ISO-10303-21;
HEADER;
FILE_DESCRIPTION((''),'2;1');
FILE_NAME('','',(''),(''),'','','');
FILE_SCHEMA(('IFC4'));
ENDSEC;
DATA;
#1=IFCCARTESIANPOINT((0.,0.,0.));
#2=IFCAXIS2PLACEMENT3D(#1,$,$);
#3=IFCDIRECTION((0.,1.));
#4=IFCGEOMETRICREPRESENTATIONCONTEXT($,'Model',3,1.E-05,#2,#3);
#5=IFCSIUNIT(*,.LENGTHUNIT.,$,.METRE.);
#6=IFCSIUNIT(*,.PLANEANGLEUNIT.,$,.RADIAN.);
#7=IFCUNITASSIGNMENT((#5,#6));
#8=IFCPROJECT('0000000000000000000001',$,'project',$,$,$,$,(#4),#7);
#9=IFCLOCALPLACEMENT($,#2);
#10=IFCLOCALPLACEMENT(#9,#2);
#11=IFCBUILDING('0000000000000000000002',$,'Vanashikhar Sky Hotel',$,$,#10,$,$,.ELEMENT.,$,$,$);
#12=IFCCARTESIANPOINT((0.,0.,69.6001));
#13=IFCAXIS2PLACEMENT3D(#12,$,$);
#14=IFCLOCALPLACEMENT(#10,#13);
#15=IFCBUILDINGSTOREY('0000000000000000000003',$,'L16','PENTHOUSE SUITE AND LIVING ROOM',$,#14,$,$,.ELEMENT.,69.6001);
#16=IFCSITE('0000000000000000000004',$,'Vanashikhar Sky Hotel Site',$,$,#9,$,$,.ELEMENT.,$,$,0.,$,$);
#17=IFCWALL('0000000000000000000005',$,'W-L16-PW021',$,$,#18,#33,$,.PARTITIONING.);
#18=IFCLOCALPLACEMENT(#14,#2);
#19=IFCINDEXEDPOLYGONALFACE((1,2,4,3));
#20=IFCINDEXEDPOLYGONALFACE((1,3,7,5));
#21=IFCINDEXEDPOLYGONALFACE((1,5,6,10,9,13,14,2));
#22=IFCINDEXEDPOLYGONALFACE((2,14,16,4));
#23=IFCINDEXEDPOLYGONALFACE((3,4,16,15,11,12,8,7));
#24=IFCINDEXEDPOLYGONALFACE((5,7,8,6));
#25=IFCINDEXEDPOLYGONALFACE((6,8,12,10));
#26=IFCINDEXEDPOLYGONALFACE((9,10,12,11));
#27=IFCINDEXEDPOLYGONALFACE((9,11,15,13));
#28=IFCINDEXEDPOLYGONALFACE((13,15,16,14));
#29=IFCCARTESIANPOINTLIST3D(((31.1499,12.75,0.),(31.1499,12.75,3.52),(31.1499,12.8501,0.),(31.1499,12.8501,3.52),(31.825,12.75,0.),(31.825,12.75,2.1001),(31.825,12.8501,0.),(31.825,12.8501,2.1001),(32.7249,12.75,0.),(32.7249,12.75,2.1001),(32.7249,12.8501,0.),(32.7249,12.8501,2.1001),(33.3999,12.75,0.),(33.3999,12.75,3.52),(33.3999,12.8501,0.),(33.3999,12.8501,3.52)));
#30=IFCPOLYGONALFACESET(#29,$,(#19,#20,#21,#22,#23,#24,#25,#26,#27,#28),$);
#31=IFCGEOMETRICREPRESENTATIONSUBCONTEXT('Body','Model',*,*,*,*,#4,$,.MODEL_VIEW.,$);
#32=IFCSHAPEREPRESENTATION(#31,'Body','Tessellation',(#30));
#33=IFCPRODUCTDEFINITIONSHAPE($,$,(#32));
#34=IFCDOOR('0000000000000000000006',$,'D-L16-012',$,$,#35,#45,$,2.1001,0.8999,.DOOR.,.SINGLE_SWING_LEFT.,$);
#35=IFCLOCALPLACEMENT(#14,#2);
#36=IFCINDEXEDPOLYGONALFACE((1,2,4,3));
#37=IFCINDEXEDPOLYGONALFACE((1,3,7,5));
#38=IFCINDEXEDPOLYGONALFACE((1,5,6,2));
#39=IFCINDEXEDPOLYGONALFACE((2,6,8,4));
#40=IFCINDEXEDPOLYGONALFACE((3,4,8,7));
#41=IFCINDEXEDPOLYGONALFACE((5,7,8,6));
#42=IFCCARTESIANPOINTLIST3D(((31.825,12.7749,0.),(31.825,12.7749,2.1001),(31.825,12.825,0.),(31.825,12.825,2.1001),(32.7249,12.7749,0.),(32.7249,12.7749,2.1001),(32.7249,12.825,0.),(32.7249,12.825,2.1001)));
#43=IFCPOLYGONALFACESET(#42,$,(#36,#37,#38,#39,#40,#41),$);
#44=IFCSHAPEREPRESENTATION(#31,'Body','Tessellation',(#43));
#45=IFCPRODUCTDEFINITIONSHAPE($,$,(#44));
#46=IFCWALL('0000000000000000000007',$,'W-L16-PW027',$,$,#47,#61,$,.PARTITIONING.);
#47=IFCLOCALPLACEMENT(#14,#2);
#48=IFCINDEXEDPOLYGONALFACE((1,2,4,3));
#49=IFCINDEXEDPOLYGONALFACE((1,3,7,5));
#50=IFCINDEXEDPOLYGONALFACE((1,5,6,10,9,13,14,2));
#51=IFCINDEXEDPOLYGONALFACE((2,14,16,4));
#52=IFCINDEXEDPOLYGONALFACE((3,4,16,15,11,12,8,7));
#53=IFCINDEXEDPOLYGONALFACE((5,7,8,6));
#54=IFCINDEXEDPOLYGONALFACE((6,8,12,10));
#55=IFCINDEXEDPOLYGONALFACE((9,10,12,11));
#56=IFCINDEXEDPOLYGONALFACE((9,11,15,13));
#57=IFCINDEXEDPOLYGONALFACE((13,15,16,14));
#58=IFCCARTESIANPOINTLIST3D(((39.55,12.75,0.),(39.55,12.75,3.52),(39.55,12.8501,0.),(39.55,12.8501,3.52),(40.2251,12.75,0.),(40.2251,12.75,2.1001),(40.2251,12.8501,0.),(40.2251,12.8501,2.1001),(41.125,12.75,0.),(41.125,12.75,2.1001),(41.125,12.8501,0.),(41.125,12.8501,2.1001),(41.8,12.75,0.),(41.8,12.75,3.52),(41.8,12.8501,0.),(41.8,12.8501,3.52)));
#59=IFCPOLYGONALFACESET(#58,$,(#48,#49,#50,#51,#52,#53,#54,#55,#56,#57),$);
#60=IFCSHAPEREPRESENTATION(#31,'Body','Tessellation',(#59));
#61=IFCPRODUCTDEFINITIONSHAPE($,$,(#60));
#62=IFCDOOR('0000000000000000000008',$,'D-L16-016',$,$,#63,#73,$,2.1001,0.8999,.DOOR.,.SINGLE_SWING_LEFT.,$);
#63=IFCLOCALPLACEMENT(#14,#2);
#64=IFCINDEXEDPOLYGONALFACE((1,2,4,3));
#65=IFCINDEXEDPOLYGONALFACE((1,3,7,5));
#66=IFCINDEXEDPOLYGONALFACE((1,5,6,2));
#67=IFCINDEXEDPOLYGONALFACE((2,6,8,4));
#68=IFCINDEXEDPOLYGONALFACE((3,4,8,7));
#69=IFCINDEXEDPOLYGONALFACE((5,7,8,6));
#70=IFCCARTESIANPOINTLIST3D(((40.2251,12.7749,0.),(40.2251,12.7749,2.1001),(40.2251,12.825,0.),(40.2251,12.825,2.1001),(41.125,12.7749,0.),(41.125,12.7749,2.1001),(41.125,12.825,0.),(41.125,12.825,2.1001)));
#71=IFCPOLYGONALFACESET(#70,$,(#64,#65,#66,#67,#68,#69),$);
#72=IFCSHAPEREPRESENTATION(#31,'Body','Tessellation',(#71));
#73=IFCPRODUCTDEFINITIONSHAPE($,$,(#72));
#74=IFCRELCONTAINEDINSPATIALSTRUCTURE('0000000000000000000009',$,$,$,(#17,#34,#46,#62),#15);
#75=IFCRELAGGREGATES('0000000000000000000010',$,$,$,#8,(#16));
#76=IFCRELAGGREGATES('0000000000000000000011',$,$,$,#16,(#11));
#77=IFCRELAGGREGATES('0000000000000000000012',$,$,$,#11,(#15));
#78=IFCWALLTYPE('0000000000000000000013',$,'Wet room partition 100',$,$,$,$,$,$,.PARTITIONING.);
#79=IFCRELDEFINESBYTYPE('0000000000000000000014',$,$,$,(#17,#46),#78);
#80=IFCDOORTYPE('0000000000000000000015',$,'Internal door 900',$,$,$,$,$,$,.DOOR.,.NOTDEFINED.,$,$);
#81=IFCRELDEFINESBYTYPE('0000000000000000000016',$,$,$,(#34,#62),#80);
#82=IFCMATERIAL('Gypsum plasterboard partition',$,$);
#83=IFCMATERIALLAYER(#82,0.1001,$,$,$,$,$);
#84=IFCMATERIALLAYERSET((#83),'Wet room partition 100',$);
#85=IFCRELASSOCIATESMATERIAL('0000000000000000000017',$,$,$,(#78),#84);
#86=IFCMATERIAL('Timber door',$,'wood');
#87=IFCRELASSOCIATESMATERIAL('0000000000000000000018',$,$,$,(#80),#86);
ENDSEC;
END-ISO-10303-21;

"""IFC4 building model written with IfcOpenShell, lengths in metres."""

from ifc_helpers import new_model, si_unit, direction, frame, frame_2d, origin, place, context, subcontext, project, spatial, rectangle, extrude, source, transform, mapped, material, layer, layer_set, type_object, element, fill, save


model = new_model("IFC4")

# Units and contexts
model_context = context("Model", 3, precision=1e-05, world=origin(), true_north=direction((0.0, 1.0)))
body_context = subcontext(model_context, "Body", "Model", "MODEL_VIEW")
ifc_project = project(units=[si_unit("LENGTHUNIT", "METRE"), si_unit("PLANEANGLEUNIT", "RADIAN")], contexts=[model_context])

# Site, building, storey
site_placement = place(None, origin())
site = spatial("IfcSite", under=ifc_project, at=site_placement, Name="Vanashikhar Sky Hotel Site", CompositionType="ELEMENT", RefElevation=0.0)
building_placement = place(site_placement, origin())
building = spatial("IfcBuilding", under=site, at=building_placement, Name="Vanashikhar Sky Hotel", CompositionType="ELEMENT")
storey_placement = place(building_placement, frame((0.0, 0.0, 69.6001)))
storey = spatial("IfcBuildingStorey", under=building, at=storey_placement, Name="L16", Description="PENTHOUSE SUITE AND LIVING ROOM", CompositionType="ELEMENT", Elevation=69.6001)

# Shared definitions
ifc_material_1 = material(Name="Gypsum plasterboard partition")
ifc_layer_1 = layer(ifc_material_1, 0.1001)
ifc_layer_set_1 = layer_set([ifc_layer_1], Name="Wet room partition 100")
wall_type_1 = type_object("IfcWallType", Name="Wet room partition 100", PredefinedType="PARTITIONING", material=ifc_layer_set_1)
shared_shape_1 = source(origin(), body_context, "Body", "SweptSolid", [
    extrude(rectangle(XDim=0.8999, YDim=2.1001, at=frame_2d((0.45, 1.05))), frame((0.0, 0.0601, 0.0), z_axis=(0.0, -1.0, 0.0), x_axis=(1.0, 0.0, 0.0)), (0.0, 0.0, 1.0), 0.1201),
])
ifc_material_2 = material(Name="Timber door", Category="wood")
door_type_1 = type_object("IfcDoorType", Name="Internal door 900", OperationType="NOTDEFINED", PredefinedType="DOOR", material=ifc_material_2)
shared_shape_2 = source(origin(), body_context, "Body", "SweptSolid", [
    extrude(rectangle(XDim=0.8999, YDim=2.1001, at=frame_2d((0.45, 1.05))), frame((0.0, 0.0249, 0.0), z_axis=(0.0, -1.0, 0.0), x_axis=(1.0, 0.0, 0.0)), (0.0, 0.0, 1.0), 0.05),
])

# Walls, openings, doors
shared_shape_3 = source(origin(), body_context, "Body", "SweptSolid", [
    extrude(rectangle(XDim=2.25, YDim=0.1001, at=frame_2d((1.125, 0.0))), origin(), (0.0, 0.0, 1.0), 3.52),
])
wall_1_placement = place(storey_placement, frame((31.1499, 12.8, 0.0), z_axis=(0.0, 0.0, 1.0), x_axis=(1.0, 0.0, 0.0)))
wall_1 = element("IfcWall", 1, at=wall_1_placement, inside=storey, type_object=wall_type_1, Name="W-L16-PW021", PredefinedType="PARTITIONING", context=body_context, shape_type="MappedRepresentation", body=[
    mapped(shared_shape_3, transform((0.0, 0.0, 0.0), scale=1.0)),
])
opening_1_placement = place(wall_1_placement, frame((0.675, 0.0, 0.0)))
opening_1 = element("IfcOpeningElement", 2, at=opening_1_placement, cuts=wall_1, PredefinedType="OPENING", context=body_context, shape_type="MappedRepresentation", body=[
    mapped(shared_shape_1, transform((0.0, 0.0, 0.0), scale=1.0)),
])
door_1_placement = place(opening_1_placement, origin())
door_1 = element("IfcDoor", 3, at=door_1_placement, inside=storey, type_object=door_type_1, Name="D-L16-012", OperationType="SINGLE_SWING_LEFT", OverallHeight=2.1001, OverallWidth=0.8999, PredefinedType="DOOR", context=body_context, shape_type="MappedRepresentation", body=[
    mapped(shared_shape_2, transform((0.0, 0.0, 0.0), scale=1.0)),
])
fill(opening_1, door_1)
wall_2_placement = place(storey_placement, frame((39.55, 12.8, 0.0), z_axis=(0.0, 0.0, 1.0), x_axis=(1.0, 0.0, 0.0)))
wall_2 = element("IfcWall", 4, at=wall_2_placement, inside=storey, type_object=wall_type_1, Name="W-L16-PW027", PredefinedType="PARTITIONING", context=body_context, shape_type="MappedRepresentation", body=[
    mapped(shared_shape_3, transform((0.0, 0.0, 0.0), scale=1.0)),
])
opening_2_placement = place(wall_2_placement, frame((0.675, 0.0, 0.0)))
opening_2 = element("IfcOpeningElement", 5, at=opening_2_placement, cuts=wall_2, PredefinedType="OPENING", context=body_context, shape_type="MappedRepresentation", body=[
    mapped(shared_shape_1, transform((0.0, 0.0, 0.0), scale=1.0)),
])
door_2_placement = place(opening_2_placement, origin())
door_2 = element("IfcDoor", 6, at=door_2_placement, inside=storey, type_object=door_type_1, Name="D-L16-016", OperationType="SINGLE_SWING_LEFT", OverallHeight=2.1001, OverallWidth=0.8999, PredefinedType="DOOR", context=body_context, shape_type="MappedRepresentation", body=[
    mapped(shared_shape_2, transform((0.0, 0.0, 0.0), scale=1.0)),
])
fill(opening_2, door_2)

save(model, "model.ifc")
